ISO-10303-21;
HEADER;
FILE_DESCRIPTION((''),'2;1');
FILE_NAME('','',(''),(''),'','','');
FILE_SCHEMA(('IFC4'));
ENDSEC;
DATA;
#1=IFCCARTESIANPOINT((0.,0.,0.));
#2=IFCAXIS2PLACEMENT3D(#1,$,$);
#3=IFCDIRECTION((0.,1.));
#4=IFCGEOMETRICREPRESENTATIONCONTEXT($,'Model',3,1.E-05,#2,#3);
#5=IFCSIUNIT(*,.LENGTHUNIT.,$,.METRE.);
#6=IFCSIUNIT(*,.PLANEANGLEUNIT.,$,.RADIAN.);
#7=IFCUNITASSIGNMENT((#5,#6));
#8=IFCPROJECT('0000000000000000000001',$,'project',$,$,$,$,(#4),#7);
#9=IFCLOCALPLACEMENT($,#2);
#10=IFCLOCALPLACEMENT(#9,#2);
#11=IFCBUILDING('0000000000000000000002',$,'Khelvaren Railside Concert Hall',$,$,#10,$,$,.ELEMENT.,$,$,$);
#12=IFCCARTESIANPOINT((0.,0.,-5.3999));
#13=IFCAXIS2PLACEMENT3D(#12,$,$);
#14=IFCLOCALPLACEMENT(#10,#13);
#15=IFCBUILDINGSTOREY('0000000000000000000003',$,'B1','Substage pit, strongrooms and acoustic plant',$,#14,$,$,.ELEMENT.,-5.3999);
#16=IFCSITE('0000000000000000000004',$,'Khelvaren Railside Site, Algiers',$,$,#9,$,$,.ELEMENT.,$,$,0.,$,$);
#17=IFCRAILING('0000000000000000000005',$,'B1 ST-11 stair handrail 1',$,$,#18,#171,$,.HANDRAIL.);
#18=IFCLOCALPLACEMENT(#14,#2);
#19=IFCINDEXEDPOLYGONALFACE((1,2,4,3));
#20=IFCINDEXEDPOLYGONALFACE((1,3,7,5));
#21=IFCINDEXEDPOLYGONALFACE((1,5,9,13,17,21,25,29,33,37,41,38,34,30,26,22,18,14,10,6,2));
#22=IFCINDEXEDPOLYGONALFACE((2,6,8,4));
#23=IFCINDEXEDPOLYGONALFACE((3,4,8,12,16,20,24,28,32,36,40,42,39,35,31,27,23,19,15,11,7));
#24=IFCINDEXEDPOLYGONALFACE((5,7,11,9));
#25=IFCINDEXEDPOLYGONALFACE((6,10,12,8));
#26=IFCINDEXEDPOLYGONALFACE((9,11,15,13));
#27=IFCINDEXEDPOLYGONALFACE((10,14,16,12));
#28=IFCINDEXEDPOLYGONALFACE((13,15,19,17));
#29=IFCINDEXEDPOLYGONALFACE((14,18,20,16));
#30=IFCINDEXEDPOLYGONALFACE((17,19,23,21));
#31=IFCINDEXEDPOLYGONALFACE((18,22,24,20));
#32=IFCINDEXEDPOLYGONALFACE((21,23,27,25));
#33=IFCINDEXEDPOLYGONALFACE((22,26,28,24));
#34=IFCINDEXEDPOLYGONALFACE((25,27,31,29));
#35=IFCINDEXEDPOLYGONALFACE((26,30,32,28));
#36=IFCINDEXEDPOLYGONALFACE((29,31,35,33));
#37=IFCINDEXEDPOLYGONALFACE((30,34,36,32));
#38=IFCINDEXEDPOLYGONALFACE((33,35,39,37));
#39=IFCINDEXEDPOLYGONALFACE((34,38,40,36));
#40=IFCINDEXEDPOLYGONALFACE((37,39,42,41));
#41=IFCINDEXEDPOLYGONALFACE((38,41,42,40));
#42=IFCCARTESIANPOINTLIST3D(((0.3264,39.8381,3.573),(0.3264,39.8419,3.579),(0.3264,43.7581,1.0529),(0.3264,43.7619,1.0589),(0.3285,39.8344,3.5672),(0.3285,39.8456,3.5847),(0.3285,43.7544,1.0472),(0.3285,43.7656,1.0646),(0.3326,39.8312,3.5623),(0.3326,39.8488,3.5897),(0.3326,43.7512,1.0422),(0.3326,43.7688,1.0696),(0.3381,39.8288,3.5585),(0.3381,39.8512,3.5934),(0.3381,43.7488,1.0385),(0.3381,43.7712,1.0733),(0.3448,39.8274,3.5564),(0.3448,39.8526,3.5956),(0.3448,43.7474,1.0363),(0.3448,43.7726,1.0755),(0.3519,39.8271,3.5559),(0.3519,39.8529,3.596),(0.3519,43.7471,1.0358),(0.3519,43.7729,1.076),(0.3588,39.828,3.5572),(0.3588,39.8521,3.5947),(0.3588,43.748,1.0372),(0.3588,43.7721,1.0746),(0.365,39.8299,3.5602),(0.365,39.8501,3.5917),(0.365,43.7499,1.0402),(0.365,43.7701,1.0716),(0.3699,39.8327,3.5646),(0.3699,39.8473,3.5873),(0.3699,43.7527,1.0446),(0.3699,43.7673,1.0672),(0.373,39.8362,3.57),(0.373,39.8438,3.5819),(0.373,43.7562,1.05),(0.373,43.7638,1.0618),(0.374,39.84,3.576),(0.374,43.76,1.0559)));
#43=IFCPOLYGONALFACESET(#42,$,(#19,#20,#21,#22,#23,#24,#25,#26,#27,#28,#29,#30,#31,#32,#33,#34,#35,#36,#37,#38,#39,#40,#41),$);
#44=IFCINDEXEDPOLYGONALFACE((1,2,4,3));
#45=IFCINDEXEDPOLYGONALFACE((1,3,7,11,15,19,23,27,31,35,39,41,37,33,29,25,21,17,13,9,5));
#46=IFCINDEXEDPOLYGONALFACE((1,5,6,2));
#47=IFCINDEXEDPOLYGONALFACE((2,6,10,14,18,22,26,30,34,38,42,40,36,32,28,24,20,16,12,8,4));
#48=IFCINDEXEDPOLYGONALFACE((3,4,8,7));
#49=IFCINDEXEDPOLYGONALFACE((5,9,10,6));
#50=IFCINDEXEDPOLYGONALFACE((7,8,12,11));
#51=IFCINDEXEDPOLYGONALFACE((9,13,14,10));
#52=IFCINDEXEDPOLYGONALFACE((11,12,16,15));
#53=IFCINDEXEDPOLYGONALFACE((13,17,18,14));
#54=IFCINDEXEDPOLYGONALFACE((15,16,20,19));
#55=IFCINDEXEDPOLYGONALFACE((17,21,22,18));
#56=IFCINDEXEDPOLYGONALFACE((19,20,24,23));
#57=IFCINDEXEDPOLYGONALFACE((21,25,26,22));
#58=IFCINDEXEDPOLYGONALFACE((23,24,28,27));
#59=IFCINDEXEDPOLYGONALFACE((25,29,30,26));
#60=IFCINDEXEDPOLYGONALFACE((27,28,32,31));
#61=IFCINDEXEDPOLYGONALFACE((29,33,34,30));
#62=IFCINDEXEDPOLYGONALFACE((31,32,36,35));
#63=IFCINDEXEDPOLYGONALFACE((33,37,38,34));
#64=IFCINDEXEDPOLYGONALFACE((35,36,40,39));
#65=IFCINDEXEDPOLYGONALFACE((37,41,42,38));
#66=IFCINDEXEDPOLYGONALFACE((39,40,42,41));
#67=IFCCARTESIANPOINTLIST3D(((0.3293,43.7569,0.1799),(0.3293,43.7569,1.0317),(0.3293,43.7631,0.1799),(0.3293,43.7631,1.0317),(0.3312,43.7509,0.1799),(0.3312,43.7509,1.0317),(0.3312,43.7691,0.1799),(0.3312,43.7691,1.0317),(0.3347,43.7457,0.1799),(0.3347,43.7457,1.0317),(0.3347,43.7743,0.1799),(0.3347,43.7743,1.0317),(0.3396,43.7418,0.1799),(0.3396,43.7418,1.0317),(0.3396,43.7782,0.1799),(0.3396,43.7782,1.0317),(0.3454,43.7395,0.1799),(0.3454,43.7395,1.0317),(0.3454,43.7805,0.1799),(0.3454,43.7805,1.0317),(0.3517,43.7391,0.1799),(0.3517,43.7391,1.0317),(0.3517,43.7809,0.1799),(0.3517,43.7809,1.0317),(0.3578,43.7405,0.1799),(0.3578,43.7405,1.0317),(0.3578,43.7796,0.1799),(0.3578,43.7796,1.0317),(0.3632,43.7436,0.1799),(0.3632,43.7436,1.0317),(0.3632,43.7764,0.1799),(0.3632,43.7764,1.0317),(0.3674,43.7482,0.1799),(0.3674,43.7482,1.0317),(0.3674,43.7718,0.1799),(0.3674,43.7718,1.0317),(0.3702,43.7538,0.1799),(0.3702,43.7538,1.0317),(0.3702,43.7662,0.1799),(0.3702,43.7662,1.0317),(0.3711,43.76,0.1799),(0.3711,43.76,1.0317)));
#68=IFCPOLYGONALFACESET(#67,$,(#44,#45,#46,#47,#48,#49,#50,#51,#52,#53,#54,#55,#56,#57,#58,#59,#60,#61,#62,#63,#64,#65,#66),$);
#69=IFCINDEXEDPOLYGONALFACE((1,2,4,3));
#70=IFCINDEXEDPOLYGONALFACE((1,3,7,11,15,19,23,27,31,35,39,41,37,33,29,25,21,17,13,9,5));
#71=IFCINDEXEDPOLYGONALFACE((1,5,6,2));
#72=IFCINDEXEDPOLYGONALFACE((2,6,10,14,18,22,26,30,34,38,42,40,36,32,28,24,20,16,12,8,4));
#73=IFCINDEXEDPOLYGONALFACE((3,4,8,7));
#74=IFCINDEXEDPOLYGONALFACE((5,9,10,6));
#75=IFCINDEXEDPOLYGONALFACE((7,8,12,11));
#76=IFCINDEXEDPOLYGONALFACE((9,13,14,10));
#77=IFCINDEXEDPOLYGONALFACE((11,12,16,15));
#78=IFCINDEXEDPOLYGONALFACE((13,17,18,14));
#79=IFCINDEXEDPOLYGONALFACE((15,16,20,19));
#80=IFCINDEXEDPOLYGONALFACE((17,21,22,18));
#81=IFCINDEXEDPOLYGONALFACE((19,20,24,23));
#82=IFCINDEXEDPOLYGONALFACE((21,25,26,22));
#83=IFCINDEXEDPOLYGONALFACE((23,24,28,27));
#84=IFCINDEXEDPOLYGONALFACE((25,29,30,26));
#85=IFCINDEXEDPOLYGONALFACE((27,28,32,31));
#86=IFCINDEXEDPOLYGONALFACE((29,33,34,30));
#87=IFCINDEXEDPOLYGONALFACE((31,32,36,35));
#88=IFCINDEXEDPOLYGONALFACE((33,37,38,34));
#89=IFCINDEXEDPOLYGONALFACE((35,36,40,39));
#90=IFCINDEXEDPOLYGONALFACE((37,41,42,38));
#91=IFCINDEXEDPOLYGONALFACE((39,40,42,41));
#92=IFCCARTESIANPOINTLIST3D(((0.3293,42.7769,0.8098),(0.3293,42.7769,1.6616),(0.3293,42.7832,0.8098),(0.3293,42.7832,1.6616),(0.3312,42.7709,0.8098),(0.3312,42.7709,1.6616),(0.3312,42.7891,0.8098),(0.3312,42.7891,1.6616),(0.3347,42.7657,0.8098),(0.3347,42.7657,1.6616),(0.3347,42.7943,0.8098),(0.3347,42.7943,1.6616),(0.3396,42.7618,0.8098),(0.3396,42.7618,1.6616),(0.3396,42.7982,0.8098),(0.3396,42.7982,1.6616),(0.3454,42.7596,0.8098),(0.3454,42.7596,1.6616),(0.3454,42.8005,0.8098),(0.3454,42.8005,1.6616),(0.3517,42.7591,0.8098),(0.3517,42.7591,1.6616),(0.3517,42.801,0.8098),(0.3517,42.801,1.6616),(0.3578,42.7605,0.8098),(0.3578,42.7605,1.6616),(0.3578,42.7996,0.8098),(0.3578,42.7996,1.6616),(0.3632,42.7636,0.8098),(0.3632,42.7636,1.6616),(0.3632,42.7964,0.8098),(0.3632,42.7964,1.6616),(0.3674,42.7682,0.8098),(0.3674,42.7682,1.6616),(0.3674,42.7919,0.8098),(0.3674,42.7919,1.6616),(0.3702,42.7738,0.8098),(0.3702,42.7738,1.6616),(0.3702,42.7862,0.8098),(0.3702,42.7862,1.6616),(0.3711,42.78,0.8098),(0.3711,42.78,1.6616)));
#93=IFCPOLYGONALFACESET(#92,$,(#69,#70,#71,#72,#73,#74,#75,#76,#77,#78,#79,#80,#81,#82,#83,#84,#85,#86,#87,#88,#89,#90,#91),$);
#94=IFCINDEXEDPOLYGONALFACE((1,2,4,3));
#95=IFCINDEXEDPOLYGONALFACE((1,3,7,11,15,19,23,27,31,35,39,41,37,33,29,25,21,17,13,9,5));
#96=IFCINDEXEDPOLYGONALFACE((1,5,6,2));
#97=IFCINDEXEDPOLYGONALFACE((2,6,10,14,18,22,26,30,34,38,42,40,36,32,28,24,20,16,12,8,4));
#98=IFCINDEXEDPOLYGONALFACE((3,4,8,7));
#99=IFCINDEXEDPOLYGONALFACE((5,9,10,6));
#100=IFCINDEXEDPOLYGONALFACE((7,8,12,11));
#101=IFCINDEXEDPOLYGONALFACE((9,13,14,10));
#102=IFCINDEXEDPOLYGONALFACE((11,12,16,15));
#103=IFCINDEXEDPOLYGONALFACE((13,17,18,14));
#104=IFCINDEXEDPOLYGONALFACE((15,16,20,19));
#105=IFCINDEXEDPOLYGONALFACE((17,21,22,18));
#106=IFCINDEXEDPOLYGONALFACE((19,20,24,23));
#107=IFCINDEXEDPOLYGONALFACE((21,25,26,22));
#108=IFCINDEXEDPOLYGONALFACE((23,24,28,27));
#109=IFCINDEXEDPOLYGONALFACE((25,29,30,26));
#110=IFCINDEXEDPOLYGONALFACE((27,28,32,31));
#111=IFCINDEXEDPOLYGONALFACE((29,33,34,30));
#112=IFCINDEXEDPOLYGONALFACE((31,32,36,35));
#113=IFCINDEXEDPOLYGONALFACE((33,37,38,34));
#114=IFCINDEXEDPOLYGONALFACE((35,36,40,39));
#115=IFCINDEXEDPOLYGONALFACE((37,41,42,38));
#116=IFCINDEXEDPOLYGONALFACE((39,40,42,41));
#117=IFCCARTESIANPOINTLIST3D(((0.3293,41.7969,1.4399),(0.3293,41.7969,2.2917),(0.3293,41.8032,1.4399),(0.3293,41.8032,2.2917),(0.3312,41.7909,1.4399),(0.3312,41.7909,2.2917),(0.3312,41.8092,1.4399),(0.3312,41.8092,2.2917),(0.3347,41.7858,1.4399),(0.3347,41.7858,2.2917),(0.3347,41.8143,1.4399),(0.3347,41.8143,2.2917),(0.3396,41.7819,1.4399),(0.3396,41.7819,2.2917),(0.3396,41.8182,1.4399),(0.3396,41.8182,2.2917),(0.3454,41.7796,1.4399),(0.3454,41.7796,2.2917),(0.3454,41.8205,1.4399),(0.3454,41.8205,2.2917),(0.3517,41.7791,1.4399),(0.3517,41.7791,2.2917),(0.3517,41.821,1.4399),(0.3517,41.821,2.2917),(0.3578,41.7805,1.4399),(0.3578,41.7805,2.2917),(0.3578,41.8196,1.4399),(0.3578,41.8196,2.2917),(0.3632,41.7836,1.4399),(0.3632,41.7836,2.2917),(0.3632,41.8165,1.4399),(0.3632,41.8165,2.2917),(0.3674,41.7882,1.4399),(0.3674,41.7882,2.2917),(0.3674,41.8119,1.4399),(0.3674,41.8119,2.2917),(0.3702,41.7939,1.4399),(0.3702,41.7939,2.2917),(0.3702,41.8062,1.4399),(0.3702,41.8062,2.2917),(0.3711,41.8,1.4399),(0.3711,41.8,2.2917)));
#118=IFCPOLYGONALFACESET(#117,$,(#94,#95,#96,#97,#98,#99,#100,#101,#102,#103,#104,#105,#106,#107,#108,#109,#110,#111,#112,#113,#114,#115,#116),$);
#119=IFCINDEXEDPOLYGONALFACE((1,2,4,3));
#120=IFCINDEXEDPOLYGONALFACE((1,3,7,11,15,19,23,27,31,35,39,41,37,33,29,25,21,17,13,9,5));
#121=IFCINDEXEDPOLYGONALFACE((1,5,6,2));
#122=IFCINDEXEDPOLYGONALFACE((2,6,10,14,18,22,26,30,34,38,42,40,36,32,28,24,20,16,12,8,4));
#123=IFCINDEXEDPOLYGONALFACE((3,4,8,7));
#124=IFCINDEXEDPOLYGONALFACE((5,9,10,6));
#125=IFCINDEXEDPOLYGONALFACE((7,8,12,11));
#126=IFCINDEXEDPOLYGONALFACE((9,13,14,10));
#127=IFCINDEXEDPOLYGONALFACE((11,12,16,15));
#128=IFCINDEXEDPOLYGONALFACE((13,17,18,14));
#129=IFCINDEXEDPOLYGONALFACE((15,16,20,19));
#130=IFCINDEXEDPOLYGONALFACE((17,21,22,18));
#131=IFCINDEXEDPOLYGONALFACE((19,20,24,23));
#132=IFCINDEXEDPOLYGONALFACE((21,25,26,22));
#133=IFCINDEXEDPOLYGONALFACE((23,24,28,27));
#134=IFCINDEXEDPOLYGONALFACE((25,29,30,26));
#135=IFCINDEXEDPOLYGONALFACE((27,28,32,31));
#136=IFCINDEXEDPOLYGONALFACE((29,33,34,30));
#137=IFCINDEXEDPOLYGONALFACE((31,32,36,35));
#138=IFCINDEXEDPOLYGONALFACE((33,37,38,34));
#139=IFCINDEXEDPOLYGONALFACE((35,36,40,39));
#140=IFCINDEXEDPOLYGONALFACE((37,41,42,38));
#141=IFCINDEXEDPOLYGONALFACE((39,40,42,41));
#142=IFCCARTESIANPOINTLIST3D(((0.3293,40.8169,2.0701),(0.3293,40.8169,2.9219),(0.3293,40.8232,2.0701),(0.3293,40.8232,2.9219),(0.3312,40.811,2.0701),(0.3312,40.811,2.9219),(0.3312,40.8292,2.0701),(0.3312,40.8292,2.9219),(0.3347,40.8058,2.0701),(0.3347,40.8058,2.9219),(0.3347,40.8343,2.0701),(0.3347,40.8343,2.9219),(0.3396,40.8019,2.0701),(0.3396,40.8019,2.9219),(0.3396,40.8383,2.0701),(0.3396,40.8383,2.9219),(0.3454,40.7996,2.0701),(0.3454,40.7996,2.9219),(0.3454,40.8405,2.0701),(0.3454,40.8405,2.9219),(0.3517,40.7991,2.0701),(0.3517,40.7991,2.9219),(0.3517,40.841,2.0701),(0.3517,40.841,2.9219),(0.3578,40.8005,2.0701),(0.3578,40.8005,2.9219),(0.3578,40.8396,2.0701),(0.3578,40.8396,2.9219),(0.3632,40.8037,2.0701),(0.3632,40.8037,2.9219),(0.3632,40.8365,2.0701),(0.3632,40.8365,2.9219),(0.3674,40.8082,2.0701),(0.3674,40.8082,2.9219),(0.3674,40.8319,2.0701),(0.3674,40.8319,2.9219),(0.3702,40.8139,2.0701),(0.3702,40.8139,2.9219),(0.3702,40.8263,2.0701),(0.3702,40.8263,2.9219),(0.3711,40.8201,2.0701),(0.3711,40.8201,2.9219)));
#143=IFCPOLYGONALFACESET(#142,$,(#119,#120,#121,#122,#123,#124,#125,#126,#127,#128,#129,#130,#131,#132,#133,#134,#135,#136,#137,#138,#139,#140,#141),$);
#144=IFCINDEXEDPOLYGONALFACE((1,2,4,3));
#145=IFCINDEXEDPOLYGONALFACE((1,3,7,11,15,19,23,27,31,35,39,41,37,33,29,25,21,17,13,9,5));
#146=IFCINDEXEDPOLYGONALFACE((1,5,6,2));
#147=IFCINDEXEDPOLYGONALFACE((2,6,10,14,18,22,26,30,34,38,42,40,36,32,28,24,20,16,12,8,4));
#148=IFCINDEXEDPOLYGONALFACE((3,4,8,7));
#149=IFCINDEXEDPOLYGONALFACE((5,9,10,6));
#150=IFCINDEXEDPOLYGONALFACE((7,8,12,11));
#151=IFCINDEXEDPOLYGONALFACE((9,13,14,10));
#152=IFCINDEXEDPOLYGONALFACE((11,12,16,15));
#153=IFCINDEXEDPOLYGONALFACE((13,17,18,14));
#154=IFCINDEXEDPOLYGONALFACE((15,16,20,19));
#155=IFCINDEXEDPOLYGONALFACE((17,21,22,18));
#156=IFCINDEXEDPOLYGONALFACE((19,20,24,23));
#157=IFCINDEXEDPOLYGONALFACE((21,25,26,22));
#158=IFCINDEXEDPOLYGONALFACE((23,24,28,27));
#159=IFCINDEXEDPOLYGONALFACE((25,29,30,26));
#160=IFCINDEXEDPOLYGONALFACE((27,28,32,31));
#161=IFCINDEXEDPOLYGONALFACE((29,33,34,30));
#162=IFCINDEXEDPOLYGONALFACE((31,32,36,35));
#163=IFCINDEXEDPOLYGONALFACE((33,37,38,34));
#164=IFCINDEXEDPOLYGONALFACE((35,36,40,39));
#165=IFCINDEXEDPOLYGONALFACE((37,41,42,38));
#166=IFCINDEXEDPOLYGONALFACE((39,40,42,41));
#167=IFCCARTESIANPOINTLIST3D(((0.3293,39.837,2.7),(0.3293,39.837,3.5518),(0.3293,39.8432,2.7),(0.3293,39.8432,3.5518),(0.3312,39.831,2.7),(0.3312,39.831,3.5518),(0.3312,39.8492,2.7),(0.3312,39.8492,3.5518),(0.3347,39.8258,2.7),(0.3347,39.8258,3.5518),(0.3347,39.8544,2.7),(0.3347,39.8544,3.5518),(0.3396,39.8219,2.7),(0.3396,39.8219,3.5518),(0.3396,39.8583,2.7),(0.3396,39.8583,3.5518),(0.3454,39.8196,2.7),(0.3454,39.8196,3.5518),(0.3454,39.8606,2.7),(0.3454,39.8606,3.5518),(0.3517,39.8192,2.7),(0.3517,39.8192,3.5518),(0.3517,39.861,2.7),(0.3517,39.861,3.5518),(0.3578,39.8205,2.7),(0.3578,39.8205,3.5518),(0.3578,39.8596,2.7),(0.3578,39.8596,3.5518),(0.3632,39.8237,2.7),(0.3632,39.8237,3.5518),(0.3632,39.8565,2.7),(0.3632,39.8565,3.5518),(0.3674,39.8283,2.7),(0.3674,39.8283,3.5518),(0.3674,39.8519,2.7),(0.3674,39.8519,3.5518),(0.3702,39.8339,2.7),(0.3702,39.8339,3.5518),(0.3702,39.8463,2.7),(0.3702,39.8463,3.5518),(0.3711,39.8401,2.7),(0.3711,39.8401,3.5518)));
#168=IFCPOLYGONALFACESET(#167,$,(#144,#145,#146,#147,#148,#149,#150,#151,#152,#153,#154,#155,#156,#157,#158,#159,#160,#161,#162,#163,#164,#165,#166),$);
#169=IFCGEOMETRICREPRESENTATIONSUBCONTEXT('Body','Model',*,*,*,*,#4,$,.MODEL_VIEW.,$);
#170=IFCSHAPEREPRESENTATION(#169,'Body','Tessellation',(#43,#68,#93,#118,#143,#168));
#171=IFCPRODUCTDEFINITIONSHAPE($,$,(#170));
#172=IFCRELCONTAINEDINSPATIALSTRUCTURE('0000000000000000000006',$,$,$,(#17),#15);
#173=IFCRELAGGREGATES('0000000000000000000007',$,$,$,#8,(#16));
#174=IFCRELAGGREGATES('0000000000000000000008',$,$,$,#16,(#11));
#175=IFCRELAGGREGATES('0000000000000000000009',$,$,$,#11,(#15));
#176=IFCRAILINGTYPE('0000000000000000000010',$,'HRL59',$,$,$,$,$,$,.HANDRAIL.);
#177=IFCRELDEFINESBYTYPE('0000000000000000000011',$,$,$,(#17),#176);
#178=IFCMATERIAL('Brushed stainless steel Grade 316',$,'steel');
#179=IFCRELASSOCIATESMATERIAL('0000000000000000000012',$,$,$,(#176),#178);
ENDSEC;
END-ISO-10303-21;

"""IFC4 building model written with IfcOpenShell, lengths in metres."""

from ifc_helpers import new_model, si_unit, direction, frame, origin, origin_2d, place, context, subcontext, project, spatial, circle, extrude, material, type_object, element, save


model = new_model("IFC4")

# Units and contexts
model_context = context("Model", 3, precision=1e-05, world=origin(), true_north=direction((0.0, 1.0)))
body_context = subcontext(model_context, "Body", "Model", "MODEL_VIEW")
ifc_project = project(units=[si_unit("LENGTHUNIT", "METRE"), si_unit("PLANEANGLEUNIT", "RADIAN")], contexts=[model_context])

# Site, building, storey
site_placement = place(None, origin())
site = spatial("IfcSite", under=ifc_project, at=site_placement, Name="Khelvaren Railside Site, Algiers", CompositionType="ELEMENT", RefElevation=0.0)
building_placement = place(site_placement, origin())
building = spatial("IfcBuilding", under=site, at=building_placement, Name="Khelvaren Railside Concert Hall", CompositionType="ELEMENT")
storey_placement = place(building_placement, frame((0.0, 0.0, -5.3999)))
storey = spatial("IfcBuildingStorey", under=building, at=storey_placement, Name="B1", Description="Substage pit, strongrooms and acoustic plant", CompositionType="ELEMENT", Elevation=-5.3999)

# Railing
ifc_material_1 = material(Name="Brushed stainless steel Grade 316", Category="steel")
railing_type_1 = type_object("IfcRailingType", Name="HRL59", PredefinedType="HANDRAIL", material=ifc_material_1)
railing_1_placement = place(storey_placement, frame((0.3501, 43.76, 0.1799)))
element("IfcRailing", 1, at=railing_1_placement, inside=storey, type_object=railing_type_1, Name="B1 ST-11 stair handrail 1", PredefinedType="HANDRAIL", context=body_context, shape_type="SweptSolid", body=[
    extrude(circle(Radius=0.0239, at=origin_2d()), frame((0.0, 0.0, 0.876), z_axis=(0.0, -0.841172, 0.540768), x_axis=(1.0, 0.0, 0.0)), (0.0, 0.0, 1.0), 4.6602),
    extrude(circle(Radius=0.021, at=origin_2d()), origin(), (0.0, 0.0, 1.0), 0.8518),
    extrude(circle(Radius=0.021, at=origin_2d()), frame((0.0, -0.98, 0.6299)), (0.0, 0.0, 1.0), 0.8518),
    extrude(circle(Radius=0.021, at=origin_2d()), frame((0.0, -1.96, 1.26)), (0.0, 0.0, 1.0), 0.8518),
    extrude(circle(Radius=0.021, at=origin_2d()), frame((0.0, -2.9399, 1.8901)), (0.0, 0.0, 1.0), 0.8518),
    extrude(circle(Radius=0.021, at=origin_2d()), frame((0.0, -3.9199, 2.52)), (0.0, 0.0, 1.0), 0.8518),
])

save(model, "model.ifc")
